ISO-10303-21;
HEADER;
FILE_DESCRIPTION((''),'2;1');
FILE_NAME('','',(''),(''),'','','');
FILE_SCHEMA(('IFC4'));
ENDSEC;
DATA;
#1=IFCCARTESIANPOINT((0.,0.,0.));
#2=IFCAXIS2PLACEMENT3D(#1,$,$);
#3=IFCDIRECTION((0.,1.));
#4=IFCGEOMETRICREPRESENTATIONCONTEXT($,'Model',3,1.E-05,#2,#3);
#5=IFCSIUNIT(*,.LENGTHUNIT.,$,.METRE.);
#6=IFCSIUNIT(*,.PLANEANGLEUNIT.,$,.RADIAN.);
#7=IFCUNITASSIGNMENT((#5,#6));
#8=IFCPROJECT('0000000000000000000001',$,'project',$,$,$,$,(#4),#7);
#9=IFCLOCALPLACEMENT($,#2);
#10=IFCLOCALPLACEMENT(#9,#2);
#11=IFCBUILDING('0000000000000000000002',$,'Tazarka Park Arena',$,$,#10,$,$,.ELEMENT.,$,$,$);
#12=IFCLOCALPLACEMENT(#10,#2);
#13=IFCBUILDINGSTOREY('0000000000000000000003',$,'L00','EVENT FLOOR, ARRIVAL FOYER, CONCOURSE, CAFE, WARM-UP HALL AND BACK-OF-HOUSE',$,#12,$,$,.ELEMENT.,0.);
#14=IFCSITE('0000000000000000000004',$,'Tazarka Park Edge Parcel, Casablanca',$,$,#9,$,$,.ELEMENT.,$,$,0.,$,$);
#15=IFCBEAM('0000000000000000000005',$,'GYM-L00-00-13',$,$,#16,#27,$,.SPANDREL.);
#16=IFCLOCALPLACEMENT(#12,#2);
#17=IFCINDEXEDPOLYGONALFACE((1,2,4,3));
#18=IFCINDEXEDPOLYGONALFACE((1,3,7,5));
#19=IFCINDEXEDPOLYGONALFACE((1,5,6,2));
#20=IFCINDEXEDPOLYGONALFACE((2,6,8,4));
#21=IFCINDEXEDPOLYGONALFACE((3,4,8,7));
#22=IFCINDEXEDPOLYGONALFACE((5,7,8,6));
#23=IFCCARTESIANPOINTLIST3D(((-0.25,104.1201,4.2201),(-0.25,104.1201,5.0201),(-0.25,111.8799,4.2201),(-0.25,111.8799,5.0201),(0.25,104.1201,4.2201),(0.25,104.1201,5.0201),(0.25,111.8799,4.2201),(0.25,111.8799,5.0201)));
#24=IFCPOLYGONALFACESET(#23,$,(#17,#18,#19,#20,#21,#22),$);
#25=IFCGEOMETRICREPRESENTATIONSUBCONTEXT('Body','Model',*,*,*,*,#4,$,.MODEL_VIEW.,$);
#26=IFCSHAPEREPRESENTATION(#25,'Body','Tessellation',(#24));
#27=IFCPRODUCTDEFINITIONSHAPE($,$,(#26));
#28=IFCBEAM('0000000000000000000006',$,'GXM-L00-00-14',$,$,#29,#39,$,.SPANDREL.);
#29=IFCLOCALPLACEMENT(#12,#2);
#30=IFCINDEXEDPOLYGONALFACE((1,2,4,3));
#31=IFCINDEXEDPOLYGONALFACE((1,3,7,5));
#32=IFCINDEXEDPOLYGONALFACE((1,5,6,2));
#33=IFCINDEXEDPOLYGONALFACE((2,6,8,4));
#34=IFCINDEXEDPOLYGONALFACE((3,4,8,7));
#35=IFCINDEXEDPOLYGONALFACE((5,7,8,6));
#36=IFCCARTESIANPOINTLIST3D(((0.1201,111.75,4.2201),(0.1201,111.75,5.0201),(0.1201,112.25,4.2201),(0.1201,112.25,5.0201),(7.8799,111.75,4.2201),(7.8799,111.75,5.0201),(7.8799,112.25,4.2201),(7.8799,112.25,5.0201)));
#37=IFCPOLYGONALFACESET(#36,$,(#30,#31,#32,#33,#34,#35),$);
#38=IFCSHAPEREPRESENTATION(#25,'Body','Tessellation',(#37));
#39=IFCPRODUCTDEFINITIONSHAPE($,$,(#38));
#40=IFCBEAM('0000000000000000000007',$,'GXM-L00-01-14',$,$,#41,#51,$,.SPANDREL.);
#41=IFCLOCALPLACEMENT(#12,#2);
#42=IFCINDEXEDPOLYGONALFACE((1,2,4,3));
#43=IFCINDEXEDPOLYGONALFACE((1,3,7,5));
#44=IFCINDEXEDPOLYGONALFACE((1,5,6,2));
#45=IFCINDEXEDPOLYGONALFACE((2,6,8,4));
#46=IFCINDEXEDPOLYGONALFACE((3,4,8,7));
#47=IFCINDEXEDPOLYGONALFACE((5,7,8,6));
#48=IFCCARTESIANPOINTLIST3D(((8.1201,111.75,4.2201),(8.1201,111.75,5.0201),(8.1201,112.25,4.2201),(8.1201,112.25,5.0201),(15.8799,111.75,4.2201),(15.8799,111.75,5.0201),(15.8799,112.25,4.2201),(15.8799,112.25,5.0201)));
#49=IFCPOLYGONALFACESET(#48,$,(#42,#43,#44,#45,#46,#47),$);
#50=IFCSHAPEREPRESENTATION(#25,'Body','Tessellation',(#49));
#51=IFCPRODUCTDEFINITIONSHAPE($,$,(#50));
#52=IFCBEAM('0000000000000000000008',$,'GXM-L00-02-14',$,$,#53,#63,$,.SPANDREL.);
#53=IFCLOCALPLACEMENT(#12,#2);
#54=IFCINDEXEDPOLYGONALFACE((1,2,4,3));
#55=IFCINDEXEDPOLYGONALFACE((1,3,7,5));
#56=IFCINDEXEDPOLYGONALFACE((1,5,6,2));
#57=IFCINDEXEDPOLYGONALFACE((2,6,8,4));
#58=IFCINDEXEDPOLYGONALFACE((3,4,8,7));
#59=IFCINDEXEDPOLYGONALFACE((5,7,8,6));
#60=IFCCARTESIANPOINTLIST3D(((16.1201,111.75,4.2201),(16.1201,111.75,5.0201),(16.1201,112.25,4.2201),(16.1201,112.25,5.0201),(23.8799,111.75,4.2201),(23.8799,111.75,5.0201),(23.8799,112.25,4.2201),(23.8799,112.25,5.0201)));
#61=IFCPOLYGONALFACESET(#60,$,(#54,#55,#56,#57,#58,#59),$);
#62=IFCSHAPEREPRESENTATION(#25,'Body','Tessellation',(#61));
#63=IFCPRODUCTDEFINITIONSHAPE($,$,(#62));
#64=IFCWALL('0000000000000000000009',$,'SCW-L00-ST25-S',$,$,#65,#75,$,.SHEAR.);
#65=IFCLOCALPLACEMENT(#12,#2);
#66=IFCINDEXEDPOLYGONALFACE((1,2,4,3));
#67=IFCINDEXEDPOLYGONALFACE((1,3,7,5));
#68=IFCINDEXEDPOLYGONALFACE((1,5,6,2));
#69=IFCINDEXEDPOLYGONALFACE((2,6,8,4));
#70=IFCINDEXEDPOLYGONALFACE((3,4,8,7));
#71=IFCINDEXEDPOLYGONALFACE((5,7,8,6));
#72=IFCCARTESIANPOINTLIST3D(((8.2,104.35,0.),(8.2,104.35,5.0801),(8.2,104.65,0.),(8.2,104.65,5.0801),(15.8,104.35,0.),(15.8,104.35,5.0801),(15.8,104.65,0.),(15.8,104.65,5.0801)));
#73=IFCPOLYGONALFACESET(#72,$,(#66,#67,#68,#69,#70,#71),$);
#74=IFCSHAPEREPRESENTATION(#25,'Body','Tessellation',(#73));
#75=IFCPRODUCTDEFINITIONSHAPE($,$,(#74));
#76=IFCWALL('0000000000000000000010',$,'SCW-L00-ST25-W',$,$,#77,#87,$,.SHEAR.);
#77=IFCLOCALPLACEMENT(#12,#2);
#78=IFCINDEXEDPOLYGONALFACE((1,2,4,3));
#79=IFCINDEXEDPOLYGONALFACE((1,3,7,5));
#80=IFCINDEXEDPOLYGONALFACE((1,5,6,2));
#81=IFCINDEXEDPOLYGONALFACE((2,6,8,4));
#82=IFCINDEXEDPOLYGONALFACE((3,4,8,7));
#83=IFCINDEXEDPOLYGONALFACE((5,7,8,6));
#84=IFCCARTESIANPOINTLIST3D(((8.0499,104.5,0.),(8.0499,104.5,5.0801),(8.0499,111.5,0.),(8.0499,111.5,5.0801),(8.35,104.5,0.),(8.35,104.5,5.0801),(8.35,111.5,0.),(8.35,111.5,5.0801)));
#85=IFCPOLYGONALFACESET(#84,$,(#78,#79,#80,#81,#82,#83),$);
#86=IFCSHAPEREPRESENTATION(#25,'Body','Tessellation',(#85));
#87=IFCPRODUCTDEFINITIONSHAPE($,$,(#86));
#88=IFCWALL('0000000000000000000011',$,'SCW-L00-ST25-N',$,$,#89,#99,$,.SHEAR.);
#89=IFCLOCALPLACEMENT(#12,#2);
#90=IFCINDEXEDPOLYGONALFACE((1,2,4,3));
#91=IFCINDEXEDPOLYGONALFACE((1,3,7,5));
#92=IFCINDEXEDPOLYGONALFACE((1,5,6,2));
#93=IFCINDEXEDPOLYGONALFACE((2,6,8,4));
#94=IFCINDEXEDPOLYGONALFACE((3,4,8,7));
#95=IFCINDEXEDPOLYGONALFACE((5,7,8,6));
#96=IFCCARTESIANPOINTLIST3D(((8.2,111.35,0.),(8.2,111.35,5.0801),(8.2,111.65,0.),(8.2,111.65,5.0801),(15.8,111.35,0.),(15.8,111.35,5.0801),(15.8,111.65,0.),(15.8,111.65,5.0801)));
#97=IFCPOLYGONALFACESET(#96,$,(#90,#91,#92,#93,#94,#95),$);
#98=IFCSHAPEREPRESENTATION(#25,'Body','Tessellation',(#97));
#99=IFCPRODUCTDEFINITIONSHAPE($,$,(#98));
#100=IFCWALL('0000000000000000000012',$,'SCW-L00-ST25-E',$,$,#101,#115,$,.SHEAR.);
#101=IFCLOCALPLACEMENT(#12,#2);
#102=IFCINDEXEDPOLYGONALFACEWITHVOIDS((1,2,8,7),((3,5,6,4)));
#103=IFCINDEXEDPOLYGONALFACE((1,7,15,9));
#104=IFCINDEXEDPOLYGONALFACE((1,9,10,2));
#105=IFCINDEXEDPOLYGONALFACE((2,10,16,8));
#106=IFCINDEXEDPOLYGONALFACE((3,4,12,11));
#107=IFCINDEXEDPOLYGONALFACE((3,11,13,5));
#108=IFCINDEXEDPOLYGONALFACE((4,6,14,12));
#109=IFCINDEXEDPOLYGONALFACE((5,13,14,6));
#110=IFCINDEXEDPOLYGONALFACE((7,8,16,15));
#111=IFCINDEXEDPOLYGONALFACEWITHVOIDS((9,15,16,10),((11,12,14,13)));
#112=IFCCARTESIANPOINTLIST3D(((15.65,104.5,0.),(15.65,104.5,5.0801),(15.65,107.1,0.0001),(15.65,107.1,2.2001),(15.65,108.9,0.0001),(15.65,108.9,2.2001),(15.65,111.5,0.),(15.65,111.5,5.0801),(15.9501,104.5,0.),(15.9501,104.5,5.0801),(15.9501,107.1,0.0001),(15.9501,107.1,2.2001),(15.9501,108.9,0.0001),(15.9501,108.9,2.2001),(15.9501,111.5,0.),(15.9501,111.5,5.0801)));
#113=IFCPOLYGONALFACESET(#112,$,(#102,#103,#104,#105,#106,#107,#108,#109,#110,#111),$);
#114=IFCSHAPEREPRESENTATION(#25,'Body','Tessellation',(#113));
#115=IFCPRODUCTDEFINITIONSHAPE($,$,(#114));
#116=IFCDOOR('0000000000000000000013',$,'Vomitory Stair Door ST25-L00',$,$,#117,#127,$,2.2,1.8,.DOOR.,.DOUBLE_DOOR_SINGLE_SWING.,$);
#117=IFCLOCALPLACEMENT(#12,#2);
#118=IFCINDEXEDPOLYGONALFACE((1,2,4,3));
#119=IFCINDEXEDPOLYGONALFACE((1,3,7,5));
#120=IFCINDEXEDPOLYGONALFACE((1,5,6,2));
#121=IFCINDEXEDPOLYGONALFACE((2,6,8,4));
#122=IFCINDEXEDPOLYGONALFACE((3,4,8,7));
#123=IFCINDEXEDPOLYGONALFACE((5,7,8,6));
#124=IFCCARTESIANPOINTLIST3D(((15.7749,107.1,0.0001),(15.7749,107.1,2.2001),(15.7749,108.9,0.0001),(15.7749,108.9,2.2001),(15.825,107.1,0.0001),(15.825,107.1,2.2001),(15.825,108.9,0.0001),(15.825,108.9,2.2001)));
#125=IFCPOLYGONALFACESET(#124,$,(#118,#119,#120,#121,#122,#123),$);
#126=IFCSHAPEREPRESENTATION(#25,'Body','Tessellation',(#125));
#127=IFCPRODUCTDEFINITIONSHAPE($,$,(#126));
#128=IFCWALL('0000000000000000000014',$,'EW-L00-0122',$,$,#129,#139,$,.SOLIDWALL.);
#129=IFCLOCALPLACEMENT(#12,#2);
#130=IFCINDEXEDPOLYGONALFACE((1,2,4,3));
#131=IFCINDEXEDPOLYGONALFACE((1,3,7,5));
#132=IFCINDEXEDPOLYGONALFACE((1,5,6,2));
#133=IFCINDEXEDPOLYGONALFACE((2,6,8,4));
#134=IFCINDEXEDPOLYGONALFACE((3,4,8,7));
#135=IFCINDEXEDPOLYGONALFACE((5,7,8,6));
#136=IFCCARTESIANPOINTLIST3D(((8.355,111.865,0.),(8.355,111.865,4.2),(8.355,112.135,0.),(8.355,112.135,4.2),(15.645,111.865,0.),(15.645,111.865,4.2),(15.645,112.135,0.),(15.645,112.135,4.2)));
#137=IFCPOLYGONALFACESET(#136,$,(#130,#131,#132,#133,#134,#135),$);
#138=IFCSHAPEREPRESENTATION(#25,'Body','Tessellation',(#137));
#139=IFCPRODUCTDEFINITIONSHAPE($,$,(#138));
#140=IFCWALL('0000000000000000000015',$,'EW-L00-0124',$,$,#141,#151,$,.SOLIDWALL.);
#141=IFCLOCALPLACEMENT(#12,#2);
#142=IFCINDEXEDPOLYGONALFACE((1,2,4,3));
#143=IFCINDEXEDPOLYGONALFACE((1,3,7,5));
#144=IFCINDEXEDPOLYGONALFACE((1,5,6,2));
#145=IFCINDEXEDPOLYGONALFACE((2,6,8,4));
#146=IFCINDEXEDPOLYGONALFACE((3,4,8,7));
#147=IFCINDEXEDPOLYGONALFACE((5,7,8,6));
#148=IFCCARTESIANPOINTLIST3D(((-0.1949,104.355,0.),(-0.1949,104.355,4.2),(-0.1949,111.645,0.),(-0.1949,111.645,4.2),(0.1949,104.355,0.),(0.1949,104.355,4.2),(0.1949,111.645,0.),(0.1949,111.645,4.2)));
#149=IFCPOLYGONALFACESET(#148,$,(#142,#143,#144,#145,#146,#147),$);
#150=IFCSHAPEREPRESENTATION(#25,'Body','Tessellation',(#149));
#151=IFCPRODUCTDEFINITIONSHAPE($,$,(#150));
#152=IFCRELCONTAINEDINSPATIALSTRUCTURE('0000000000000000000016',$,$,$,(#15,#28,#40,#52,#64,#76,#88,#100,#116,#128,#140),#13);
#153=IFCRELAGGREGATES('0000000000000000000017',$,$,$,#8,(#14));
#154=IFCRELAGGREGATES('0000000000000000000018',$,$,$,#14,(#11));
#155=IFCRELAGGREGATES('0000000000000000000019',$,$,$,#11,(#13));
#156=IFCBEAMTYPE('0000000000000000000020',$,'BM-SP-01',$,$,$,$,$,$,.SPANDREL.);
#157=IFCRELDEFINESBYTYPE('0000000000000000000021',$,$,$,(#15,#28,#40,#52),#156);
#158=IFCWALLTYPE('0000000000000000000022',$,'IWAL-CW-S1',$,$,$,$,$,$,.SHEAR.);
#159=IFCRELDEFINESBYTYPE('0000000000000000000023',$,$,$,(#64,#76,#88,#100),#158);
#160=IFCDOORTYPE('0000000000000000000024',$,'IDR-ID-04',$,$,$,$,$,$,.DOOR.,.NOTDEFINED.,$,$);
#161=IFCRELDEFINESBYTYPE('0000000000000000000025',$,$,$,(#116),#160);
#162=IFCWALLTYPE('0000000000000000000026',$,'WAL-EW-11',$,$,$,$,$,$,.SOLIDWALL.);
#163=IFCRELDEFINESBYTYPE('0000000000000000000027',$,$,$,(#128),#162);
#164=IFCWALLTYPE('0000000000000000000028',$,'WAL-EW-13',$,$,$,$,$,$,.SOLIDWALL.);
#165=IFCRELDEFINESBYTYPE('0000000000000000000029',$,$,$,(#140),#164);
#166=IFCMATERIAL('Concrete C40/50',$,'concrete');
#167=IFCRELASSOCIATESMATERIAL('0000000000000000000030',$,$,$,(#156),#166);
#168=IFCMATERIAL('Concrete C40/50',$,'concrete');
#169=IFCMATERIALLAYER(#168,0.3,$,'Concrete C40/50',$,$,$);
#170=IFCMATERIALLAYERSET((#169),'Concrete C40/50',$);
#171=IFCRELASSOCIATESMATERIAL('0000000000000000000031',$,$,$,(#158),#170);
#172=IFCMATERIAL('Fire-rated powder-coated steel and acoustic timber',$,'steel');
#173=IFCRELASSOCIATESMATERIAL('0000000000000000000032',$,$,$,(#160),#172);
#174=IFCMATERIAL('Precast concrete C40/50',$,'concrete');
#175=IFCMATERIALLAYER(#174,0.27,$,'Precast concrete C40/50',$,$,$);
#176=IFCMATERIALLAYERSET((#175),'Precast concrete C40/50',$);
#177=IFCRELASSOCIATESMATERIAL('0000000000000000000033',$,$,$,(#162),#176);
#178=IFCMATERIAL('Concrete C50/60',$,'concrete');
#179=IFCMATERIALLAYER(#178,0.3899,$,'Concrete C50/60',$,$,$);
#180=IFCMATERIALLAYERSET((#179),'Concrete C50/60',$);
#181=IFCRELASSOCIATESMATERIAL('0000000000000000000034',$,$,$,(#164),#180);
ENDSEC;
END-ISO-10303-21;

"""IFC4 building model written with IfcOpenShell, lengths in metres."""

from ifc_helpers import new_model, si_unit, direction, frame, frame_2d, origin, origin_2d, place, context, subcontext, project, spatial, rectangle, extrude, material, layer, layer_set, material_profile, profile_set, type_object, element, fill, save


model = new_model("IFC4")

# Units and contexts
model_context = context("Model", 3, precision=1e-05, world=origin(), true_north=direction((0.0, 1.0)))
body_context = subcontext(model_context, "Body", "Model", "MODEL_VIEW")
ifc_project = project(units=[si_unit("LENGTHUNIT", "METRE"), si_unit("PLANEANGLEUNIT", "RADIAN")], contexts=[model_context])

# Site, building, storey
site_placement = place(None, origin())
site = spatial("IfcSite", under=ifc_project, at=site_placement, Name="Tazarka Park Edge Parcel, Casablanca", CompositionType="ELEMENT", RefElevation=0.0)
building_placement = place(site_placement, origin())
building = spatial("IfcBuilding", under=site, at=building_placement, Name="Tazarka Park Arena", CompositionType="ELEMENT")
storey_placement = place(building_placement, origin())
storey = spatial("IfcBuildingStorey", under=building, at=storey_placement, Name="L00", Description="EVENT FLOOR, ARRIVAL FOYER, CONCOURSE, CAFE, WARM-UP HALL AND BACK-OF-HOUSE", CompositionType="ELEMENT", Elevation=0.0)

# Beams
ifc_material_1 = material(Name="Concrete C40/50", Category="concrete")
ifc_material_profile_1 = material_profile(ifc_material_1, rectangle(XDim=0.5, YDim=0.8, at=origin_2d()), Name="Concrete C40/50")
ifc_profile_set_1 = profile_set([ifc_material_profile_1], Name="Concrete C40/50")
beam_type_1 = type_object("IfcBeamType", Name="BM-SP-01", PredefinedType="SPANDREL", material=ifc_profile_set_1)
for number, where, z_axis, x_axis, name in (
    (1, (0.0, 104.1201, 4.6201), (0.0, 1.0, 0.0), (-1.0, 0.0, 0.0), "GYM-L00-00-13"),
    (2, (0.1201, 112.0, 4.6201), (1.0, 0.0, 0.0), (0.0, 1.0, 0.0), "GXM-L00-00-14"),
    (3, (8.1201, 112.0, 4.6201), (1.0, 0.0, 0.0), (0.0, 1.0, 0.0), "GXM-L00-01-14"),
    (4, (16.1201, 112.0, 4.6201), (1.0, 0.0, 0.0), (0.0, 1.0, 0.0), "GXM-L00-02-14"),
):
    element("IfcBeam", number, at=place(storey_placement, frame(where, z_axis=z_axis, x_axis=x_axis)), inside=storey, type_object=beam_type_1, Name=name, PredefinedType="SPANDREL", context=body_context, shape_type="SweptSolid", body=[
        extrude(rectangle(XDim=0.5, YDim=0.8, at=origin_2d()), origin(), (0.0, 0.0, 1.0), 7.7598),
    ])

# Walls
ifc_material_2 = material(Name="Concrete C40/50", Category="concrete")
ifc_layer_1 = layer(ifc_material_2, 0.3, Name="Concrete C40/50")
ifc_layer_set_1 = layer_set([ifc_layer_1], Name="Concrete C40/50")
wall_type_1 = type_object("IfcWallType", Name="IWAL-CW-S1", PredefinedType="SHEAR", material=ifc_layer_set_1)
wall_1_placement = place(storey_placement, frame((15.8, 104.5, 0.0), z_axis=(0.0, 0.0, 1.0), x_axis=(-1.0, 0.0, 0.0)))
element("IfcWall", 5, at=wall_1_placement, inside=storey, type_object=wall_type_1, Name="SCW-L00-ST25-S", PredefinedType="SHEAR", context=body_context, shape_type="SweptSolid", body=[
    extrude(rectangle(XDim=7.6001, YDim=0.3, at=frame_2d((3.8, 0.0))), origin(), (0.0, 0.0, 1.0), 5.0801),
])
wall_2_placement = place(storey_placement, frame((8.2, 104.5, 0.0), z_axis=(0.0, 0.0, 1.0), x_axis=(0.0, 1.0, 0.0)))
element("IfcWall", 6, at=wall_2_placement, inside=storey, type_object=wall_type_1, Name="SCW-L00-ST25-W", PredefinedType="SHEAR", context=body_context, shape_type="SweptSolid", body=[
    extrude(rectangle(XDim=7.0, YDim=0.3, at=frame_2d((3.5, 0.0))), origin(), (0.0, 0.0, 1.0), 5.0801),
])
wall_3_placement = place(storey_placement, frame((8.2, 111.5, 0.0), z_axis=(0.0, 0.0, 1.0), x_axis=(1.0, 0.0, 0.0)))
element("IfcWall", 7, at=wall_3_placement, inside=storey, type_object=wall_type_1, Name="SCW-L00-ST25-N", PredefinedType="SHEAR", context=body_context, shape_type="SweptSolid", body=[
    extrude(rectangle(XDim=7.6001, YDim=0.3, at=frame_2d((3.8, 0.0))), origin(), (0.0, 0.0, 1.0), 5.0801),
])

# Wall, opening, door
wall_4_placement = place(storey_placement, frame((15.8, 111.5, 0.0), z_axis=(0.0, 0.0, 1.0), x_axis=(0.0, -1.0, 0.0)))
wall_4 = element("IfcWall", 8, at=wall_4_placement, inside=storey, type_object=wall_type_1, Name="SCW-L00-ST25-E", PredefinedType="SHEAR", context=body_context, shape_type="SweptSolid", body=[
    extrude(rectangle(XDim=7.0, YDim=0.3, at=frame_2d((3.5, 0.0))), origin(), (0.0, 0.0, 1.0), 5.0801),
])
opening_1_placement = place(wall_4_placement, frame((2.6001, 0.0, 0.0)))
opening_1 = element("IfcOpeningElement", 9, at=opening_1_placement, cuts=wall_4, PredefinedType="OPENING", context=body_context, shape_type="SweptSolid", body=[
    extrude(rectangle(XDim=1.8, YDim=2.2, at=frame_2d((0.8999, 1.1001))), frame((0.0, 0.1602, 0.0), z_axis=(0.0, -1.0, 0.0), x_axis=(1.0, 0.0, 0.0)), (0.0, 0.0, 1.0), 0.3201),
])
ifc_material_3 = material(Name="Fire-rated powder-coated steel and acoustic timber", Category="steel")
door_type_1 = type_object("IfcDoorType", Name="IDR-ID-04", OperationType="NOTDEFINED", PredefinedType="DOOR", material=ifc_material_3)
door_1_placement = place(opening_1_placement, origin())
door_1 = element("IfcDoor", 10, at=door_1_placement, inside=storey, type_object=door_type_1, Name="Vomitory Stair Door ST25-L00", OperationType="DOUBLE_DOOR_SINGLE_SWING", OverallHeight=2.2, OverallWidth=1.8, PredefinedType="DOOR", context=body_context, shape_type="SweptSolid", body=[
    extrude(rectangle(XDim=1.8, YDim=2.2, at=frame_2d((0.8999, 1.1001))), frame((0.0, 0.0249, 0.0), z_axis=(0.0, -1.0, 0.0), x_axis=(1.0, 0.0, 0.0)), (0.0, 0.0, 1.0), 0.05),
])
fill(opening_1, door_1)

# Wall
ifc_material_4 = material(Name="Precast concrete C40/50", Category="concrete")
ifc_layer_2 = layer(ifc_material_4, 0.27, Name="Precast concrete C40/50")
ifc_layer_set_2 = layer_set([ifc_layer_2], Name="Precast concrete C40/50")
wall_type_2 = type_object("IfcWallType", Name="WAL-EW-11", PredefinedType="SOLIDWALL", material=ifc_layer_set_2)
wall_5_placement = place(storey_placement, frame((8.355, 112.0, 0.0), z_axis=(0.0, 0.0, 1.0), x_axis=(1.0, 0.0, 0.0)))
element("IfcWall", 11, at=wall_5_placement, inside=storey, type_object=wall_type_2, Name="EW-L00-0122", PredefinedType="SOLIDWALL", context=body_context, shape_type="SweptSolid", body=[
    extrude(rectangle(XDim=7.29, YDim=0.27, at=frame_2d((3.645, 0.0))), origin(), (0.0, 0.0, 1.0), 4.2),
])

# Wall
ifc_material_5 = material(Name="Concrete C50/60", Category="concrete")
ifc_layer_3 = layer(ifc_material_5, 0.3899, Name="Concrete C50/60")
ifc_layer_set_3 = layer_set([ifc_layer_3], Name="Concrete C50/60")
wall_type_3 = type_object("IfcWallType", Name="WAL-EW-13", PredefinedType="SOLIDWALL", material=ifc_layer_set_3)
wall_6_placement = place(storey_placement, frame((0.0, 104.355, 0.0), z_axis=(0.0, 0.0, 1.0), x_axis=(0.0, 1.0, 0.0)))
element("IfcWall", 12, at=wall_6_placement, inside=storey, type_object=wall_type_3, Name="EW-L00-0124", PredefinedType="SOLIDWALL", context=body_context, shape_type="SweptSolid", body=[
    extrude(rectangle(XDim=7.29, YDim=0.3899, at=frame_2d((3.645, 0.0))), origin(), (0.0, 0.0, 1.0), 4.2),
])

save(model, "model.ifc")
